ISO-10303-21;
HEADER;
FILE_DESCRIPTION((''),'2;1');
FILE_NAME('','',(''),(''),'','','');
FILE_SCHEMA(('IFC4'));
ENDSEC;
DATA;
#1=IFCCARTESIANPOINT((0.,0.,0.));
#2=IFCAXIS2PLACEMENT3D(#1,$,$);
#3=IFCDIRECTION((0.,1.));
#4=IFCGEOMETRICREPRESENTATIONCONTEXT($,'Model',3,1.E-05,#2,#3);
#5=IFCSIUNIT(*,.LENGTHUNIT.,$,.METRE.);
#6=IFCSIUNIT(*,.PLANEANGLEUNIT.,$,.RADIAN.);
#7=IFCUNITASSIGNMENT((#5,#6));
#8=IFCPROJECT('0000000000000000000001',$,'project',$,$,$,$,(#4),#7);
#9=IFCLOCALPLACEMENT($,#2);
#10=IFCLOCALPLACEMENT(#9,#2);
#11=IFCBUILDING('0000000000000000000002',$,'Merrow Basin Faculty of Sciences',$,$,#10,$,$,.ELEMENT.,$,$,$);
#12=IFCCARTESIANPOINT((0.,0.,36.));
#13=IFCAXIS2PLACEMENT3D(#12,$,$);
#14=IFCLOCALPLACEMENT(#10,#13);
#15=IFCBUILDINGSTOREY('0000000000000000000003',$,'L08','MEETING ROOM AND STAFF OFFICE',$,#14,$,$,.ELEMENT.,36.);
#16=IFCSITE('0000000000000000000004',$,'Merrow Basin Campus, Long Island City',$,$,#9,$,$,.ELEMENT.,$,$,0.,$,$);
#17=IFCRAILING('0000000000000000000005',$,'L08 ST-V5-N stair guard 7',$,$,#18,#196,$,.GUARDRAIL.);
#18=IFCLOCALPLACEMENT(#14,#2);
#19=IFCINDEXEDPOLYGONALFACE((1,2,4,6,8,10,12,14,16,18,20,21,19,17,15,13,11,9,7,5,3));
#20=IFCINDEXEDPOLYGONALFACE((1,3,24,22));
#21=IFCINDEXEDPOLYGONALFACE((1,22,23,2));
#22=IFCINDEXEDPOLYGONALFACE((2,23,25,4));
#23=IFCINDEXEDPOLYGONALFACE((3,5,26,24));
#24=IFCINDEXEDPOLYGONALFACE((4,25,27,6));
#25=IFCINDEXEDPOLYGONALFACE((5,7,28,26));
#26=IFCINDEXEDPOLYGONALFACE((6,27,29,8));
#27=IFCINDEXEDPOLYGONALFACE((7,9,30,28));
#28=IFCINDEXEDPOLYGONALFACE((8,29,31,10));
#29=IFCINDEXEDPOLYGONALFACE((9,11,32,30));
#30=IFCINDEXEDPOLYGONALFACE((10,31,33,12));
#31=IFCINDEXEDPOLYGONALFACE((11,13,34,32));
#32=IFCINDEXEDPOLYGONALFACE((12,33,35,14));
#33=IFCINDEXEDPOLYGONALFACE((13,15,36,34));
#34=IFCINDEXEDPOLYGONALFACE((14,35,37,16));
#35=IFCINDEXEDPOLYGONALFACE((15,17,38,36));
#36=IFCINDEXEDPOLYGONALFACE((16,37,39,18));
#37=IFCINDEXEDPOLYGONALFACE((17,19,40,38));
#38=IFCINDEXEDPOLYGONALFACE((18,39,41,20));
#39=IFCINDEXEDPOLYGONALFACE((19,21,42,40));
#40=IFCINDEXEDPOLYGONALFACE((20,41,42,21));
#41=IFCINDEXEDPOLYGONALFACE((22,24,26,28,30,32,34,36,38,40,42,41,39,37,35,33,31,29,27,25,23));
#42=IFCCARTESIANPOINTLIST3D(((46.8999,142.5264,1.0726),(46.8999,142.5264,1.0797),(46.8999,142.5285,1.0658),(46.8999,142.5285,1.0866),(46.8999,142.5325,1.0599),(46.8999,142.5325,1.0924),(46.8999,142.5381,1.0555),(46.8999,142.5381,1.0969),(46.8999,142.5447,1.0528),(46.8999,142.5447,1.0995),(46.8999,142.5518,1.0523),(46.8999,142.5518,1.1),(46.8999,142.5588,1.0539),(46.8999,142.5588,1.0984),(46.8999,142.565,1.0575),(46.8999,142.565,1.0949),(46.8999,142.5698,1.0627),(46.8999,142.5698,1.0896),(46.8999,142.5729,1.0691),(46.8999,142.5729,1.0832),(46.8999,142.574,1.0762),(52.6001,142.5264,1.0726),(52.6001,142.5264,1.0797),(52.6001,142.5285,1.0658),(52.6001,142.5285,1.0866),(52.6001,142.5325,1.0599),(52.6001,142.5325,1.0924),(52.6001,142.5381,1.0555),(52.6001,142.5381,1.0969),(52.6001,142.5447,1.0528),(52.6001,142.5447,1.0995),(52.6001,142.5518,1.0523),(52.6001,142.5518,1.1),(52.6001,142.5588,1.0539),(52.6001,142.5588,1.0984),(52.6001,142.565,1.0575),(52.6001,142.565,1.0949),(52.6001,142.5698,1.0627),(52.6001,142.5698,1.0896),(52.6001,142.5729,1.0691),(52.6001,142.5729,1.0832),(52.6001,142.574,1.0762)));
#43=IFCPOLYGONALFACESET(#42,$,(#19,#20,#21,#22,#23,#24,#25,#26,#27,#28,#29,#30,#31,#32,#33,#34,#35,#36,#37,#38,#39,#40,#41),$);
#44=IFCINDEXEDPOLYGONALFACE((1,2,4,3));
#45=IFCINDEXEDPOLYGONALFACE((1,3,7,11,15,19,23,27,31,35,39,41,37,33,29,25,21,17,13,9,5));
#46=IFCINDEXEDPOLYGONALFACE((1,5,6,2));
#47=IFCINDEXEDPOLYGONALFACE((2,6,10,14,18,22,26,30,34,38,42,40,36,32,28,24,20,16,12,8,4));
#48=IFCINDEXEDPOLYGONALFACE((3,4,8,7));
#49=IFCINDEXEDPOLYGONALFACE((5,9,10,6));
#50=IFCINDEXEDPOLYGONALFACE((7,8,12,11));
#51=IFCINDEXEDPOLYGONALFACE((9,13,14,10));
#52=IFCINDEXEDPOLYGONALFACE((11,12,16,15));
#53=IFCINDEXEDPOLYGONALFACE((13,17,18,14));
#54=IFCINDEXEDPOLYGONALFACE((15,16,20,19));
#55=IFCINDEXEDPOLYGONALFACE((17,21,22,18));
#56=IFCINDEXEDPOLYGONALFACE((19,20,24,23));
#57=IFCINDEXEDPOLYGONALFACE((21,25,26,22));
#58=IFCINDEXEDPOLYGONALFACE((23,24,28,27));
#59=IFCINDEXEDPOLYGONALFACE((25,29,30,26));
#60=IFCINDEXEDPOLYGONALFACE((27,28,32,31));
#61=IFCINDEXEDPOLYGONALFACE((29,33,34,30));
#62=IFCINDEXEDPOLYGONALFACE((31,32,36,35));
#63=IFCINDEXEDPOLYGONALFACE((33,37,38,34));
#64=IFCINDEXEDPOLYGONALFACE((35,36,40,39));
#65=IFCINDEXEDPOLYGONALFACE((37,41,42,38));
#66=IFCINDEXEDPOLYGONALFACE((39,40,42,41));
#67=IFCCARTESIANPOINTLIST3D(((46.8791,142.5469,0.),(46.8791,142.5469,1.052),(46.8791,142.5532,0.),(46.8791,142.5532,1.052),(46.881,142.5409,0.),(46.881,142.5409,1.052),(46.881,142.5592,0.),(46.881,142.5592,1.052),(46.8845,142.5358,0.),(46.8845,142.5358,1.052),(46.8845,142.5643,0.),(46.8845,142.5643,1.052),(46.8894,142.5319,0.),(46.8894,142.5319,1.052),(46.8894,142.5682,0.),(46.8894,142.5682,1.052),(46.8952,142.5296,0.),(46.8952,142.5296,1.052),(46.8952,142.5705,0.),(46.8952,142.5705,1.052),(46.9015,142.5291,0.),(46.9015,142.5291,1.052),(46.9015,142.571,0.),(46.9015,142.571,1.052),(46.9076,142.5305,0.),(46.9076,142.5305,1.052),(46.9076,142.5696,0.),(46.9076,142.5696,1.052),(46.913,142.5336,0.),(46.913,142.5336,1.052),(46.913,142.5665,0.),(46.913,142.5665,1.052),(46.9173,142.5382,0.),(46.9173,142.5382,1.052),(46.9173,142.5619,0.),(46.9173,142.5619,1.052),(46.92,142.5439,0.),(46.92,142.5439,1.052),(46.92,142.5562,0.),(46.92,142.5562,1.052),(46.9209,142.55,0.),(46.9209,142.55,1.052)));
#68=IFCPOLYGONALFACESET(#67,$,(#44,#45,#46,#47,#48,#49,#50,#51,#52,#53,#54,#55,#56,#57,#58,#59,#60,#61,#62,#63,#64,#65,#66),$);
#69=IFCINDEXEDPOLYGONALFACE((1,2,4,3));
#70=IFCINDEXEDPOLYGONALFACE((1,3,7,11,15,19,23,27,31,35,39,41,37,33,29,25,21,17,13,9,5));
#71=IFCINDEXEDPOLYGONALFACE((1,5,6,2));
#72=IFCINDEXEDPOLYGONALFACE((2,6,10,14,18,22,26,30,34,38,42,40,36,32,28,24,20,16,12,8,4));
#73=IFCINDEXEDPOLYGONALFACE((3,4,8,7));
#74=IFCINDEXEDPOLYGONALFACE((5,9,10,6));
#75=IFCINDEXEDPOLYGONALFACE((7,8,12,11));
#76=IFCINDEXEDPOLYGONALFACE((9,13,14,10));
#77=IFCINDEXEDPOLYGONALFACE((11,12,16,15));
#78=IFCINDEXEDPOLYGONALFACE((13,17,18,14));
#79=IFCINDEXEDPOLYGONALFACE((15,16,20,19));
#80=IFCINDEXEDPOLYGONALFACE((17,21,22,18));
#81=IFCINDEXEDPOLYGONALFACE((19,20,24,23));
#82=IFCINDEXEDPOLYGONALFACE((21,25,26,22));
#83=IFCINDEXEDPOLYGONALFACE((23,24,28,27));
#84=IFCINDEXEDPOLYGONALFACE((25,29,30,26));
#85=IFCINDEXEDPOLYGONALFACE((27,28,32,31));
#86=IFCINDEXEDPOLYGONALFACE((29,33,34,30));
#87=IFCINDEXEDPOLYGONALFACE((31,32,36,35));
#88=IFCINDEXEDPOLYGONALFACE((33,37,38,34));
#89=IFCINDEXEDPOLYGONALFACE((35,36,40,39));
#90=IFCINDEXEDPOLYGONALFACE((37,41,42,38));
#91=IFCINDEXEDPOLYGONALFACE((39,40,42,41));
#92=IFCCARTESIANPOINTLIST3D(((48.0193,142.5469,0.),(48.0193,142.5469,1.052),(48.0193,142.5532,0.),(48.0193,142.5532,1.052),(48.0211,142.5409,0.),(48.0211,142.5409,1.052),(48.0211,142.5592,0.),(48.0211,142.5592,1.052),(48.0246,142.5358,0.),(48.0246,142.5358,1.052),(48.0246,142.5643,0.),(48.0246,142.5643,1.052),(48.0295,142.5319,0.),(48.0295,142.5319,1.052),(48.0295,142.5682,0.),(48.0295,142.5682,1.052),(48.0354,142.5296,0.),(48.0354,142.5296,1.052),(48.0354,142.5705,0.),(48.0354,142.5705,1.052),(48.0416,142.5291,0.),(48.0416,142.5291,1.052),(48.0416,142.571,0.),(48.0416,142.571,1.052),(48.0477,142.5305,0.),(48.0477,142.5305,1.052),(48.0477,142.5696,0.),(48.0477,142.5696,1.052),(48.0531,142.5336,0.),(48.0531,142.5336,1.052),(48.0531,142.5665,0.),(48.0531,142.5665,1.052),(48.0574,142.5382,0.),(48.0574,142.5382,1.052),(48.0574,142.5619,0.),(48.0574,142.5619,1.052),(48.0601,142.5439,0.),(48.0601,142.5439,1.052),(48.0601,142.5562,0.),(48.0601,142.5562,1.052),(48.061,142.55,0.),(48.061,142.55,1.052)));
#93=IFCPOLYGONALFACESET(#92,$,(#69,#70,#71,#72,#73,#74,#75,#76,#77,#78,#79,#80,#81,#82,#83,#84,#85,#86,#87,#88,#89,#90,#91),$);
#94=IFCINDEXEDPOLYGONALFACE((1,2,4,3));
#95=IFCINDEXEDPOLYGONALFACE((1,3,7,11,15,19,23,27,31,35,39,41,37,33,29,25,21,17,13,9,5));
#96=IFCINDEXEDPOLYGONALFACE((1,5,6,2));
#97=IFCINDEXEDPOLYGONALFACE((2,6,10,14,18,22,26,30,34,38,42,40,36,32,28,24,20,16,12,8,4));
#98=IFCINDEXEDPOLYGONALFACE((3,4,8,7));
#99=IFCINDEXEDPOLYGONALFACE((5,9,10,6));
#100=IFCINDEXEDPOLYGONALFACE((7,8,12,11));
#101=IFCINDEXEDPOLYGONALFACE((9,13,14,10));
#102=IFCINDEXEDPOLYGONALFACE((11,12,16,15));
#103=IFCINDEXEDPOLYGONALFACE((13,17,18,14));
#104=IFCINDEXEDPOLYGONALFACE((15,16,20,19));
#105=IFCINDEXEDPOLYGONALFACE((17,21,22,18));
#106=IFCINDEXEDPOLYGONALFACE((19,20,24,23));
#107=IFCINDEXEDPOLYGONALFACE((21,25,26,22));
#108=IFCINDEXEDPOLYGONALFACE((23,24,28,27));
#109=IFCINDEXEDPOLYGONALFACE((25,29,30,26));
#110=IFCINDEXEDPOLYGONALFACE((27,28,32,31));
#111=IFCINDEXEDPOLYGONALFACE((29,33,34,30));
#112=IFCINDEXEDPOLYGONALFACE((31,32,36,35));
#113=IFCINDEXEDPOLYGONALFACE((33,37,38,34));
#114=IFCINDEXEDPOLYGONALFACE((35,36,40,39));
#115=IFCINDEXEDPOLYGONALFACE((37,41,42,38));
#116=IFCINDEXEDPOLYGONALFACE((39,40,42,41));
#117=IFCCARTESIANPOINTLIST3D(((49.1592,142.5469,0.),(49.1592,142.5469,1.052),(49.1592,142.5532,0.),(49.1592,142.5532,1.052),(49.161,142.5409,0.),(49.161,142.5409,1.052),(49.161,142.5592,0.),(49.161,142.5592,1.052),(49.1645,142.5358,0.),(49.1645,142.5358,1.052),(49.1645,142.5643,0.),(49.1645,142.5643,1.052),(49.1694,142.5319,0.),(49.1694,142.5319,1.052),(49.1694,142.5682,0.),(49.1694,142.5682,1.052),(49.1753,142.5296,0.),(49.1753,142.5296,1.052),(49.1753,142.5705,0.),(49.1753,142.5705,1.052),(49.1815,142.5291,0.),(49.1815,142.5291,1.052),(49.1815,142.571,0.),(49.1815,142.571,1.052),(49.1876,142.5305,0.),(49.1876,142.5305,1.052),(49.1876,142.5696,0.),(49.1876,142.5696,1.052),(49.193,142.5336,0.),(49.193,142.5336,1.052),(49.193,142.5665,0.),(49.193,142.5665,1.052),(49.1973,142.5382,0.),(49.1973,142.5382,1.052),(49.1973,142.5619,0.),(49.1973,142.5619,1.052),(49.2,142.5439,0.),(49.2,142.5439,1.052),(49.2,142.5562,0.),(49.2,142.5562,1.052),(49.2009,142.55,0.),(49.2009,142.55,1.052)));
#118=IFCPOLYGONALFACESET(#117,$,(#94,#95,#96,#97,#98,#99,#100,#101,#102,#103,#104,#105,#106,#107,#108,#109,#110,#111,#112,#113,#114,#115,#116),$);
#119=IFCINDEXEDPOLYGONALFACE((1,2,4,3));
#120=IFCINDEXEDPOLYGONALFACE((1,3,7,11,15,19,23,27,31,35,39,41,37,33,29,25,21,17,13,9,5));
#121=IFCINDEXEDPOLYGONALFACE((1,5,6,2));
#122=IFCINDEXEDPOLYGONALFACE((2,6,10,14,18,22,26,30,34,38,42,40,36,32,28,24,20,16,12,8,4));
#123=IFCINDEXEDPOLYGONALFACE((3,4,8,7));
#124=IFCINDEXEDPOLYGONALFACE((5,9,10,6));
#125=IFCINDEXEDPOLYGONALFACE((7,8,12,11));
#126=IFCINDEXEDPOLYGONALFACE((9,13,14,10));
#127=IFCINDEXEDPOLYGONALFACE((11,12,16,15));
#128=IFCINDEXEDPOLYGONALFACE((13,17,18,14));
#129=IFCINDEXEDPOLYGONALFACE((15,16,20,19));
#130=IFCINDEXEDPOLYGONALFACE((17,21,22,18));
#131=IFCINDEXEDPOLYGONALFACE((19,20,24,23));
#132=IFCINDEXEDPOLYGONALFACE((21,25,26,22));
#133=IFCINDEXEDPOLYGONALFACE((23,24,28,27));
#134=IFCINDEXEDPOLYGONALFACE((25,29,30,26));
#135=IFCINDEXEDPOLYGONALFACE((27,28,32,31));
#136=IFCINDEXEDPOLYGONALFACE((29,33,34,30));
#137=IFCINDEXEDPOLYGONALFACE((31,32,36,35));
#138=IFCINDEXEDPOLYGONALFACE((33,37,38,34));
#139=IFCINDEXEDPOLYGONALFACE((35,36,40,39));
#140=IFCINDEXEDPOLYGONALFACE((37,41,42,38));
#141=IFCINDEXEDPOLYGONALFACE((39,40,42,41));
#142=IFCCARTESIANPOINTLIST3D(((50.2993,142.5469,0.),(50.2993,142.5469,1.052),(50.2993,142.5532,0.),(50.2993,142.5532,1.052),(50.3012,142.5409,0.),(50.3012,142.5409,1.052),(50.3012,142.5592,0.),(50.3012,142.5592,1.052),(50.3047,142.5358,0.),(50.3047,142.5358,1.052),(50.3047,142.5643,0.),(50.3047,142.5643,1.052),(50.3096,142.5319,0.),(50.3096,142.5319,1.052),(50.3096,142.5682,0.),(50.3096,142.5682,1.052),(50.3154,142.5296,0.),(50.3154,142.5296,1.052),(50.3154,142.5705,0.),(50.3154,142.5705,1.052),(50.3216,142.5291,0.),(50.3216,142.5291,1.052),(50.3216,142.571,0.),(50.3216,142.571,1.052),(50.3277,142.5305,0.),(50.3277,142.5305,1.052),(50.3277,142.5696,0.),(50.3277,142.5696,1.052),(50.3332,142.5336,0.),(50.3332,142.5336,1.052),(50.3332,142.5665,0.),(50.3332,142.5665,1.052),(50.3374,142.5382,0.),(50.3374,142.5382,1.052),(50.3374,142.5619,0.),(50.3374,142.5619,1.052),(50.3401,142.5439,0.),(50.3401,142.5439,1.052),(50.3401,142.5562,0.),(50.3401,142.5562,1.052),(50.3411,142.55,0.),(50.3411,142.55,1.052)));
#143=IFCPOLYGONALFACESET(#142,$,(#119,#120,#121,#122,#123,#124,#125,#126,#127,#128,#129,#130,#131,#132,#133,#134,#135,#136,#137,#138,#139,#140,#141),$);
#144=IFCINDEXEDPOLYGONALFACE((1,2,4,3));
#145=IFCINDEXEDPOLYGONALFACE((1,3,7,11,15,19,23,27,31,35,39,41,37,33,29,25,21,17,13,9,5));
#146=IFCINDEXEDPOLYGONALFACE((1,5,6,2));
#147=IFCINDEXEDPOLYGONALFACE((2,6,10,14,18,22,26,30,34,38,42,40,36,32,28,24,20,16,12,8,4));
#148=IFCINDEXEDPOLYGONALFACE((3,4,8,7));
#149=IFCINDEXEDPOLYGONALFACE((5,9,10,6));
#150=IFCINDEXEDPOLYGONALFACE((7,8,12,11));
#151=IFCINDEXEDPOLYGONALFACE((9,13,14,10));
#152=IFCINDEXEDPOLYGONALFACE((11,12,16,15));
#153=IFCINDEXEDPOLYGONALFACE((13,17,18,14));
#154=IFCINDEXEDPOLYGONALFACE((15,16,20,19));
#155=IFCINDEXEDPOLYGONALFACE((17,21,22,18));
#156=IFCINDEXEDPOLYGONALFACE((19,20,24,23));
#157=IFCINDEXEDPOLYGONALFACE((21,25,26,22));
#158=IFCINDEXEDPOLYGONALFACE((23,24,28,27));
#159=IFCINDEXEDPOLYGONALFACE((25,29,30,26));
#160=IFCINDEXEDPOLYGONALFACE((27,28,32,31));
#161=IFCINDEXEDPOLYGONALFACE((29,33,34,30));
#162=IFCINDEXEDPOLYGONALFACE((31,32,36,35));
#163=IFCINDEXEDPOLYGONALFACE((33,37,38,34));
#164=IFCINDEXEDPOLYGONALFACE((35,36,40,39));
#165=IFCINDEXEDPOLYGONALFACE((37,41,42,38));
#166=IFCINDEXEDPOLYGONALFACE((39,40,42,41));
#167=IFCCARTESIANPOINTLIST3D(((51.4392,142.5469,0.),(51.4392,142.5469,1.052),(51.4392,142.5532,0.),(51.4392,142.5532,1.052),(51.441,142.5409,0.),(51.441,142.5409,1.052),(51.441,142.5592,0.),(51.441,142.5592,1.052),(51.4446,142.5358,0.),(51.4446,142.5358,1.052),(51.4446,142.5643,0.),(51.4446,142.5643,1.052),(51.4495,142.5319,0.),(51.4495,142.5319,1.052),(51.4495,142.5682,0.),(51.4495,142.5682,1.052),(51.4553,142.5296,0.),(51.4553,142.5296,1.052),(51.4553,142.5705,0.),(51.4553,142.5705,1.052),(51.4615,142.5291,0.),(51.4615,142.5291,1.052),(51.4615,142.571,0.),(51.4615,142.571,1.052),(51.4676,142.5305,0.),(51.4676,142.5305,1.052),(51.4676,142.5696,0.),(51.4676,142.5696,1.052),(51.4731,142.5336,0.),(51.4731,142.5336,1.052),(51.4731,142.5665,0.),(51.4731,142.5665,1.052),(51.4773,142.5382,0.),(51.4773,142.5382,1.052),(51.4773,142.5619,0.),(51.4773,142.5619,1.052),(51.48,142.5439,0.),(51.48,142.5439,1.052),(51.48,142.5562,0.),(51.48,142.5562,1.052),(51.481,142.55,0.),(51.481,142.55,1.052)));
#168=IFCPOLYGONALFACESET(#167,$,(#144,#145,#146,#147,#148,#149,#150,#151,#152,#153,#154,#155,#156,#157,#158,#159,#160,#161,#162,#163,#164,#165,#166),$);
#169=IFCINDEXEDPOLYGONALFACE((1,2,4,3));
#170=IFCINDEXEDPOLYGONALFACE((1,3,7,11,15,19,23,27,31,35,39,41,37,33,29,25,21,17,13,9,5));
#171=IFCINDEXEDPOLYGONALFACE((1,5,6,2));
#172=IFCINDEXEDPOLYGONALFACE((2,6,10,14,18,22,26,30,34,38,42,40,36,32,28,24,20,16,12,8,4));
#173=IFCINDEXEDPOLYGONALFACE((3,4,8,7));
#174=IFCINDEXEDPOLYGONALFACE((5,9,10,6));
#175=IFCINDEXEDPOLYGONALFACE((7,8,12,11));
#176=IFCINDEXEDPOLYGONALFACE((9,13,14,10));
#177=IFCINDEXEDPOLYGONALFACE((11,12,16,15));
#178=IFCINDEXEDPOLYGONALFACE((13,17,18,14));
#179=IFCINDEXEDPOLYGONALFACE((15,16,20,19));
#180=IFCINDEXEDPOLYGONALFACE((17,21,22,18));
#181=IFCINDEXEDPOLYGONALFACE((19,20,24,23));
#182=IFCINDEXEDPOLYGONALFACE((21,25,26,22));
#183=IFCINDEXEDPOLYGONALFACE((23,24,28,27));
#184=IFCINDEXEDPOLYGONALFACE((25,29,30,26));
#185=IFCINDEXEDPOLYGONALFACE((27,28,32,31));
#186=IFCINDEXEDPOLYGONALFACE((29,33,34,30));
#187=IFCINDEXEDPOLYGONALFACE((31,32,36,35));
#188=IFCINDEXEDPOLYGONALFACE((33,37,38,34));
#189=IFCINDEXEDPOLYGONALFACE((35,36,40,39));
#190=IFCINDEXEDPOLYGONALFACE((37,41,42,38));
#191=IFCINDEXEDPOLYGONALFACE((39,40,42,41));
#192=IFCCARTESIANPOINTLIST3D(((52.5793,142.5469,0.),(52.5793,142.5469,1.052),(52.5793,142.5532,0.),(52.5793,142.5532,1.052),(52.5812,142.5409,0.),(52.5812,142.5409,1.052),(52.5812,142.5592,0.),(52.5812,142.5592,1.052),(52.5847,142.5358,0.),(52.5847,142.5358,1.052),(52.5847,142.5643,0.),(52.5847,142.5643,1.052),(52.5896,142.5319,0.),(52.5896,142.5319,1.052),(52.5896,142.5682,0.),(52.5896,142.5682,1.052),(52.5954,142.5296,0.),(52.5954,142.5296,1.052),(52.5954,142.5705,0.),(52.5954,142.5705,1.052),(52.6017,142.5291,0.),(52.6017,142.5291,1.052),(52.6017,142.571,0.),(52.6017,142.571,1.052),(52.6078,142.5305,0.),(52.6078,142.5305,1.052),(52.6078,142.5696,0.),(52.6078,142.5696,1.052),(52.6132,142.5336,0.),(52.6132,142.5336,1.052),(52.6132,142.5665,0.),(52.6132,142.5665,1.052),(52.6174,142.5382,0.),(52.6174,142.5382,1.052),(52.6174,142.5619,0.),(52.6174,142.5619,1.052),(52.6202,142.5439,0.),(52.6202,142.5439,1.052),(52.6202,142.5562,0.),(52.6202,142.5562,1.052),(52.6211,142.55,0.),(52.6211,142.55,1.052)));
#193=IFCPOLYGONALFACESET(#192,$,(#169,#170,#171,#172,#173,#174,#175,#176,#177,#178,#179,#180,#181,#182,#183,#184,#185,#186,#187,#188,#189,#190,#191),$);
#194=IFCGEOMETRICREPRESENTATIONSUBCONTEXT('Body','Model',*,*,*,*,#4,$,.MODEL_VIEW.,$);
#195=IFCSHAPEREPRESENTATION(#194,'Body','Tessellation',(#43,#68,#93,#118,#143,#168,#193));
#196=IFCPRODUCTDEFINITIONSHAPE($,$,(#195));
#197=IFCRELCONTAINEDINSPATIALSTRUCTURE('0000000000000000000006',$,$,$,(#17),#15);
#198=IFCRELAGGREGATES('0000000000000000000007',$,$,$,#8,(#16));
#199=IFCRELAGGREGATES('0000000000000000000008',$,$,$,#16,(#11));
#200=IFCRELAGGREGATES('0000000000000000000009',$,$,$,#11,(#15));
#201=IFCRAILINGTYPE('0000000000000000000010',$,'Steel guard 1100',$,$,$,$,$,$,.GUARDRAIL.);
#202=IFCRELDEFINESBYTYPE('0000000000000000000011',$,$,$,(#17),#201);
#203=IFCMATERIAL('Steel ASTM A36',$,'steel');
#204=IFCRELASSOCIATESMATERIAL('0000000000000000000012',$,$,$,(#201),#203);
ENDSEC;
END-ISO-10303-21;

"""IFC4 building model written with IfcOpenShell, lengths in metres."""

from ifc_helpers import new_model, si_unit, direction, frame, origin, origin_2d, place, context, subcontext, project, spatial, circle, extrude, material, type_object, element, save


model = new_model("IFC4")

# Units and contexts
model_context = context("Model", 3, precision=1e-05, world=origin(), true_north=direction((0.0, 1.0)))
body_context = subcontext(model_context, "Body", "Model", "MODEL_VIEW")
ifc_project = project(units=[si_unit("LENGTHUNIT", "METRE"), si_unit("PLANEANGLEUNIT", "RADIAN")], contexts=[model_context])

# Site, building, storey
site_placement = place(None, origin())
site = spatial("IfcSite", under=ifc_project, at=site_placement, Name="Merrow Basin Campus, Long Island City", CompositionType="ELEMENT", RefElevation=0.0)
building_placement = place(site_placement, origin())
building = spatial("IfcBuilding", under=site, at=building_placement, Name="Merrow Basin Faculty of Sciences", CompositionType="ELEMENT")
storey_placement = place(building_placement, frame((0.0, 0.0, 36.0)))
storey = spatial("IfcBuildingStorey", under=building, at=storey_placement, Name="L08", Description="MEETING ROOM AND STAFF OFFICE", CompositionType="ELEMENT", Elevation=36.0)

# Railing
ifc_material_1 = material(Name="Steel ASTM A36", Category="steel")
railing_type_1 = type_object("IfcRailingType", Name="Steel guard 1100", PredefinedType="GUARDRAIL", material=ifc_material_1)
railing_1_placement = place(storey_placement, frame((46.8999, 142.55, 0.0)))
element("IfcRailing", 1, at=railing_1_placement, inside=storey, type_object=railing_type_1, Name="L08 ST-V5-N stair guard 7", PredefinedType="GUARDRAIL", context=body_context, shape_type="SweptSolid", body=[
    extrude(circle(Radius=0.0239, at=origin_2d()), frame((0.0, 0.0, 1.0762), z_axis=(1.0, 0.0, 0.0), x_axis=(0.0, 1.0, 0.0)), (0.0, 0.0, 1.0), 5.7002),
    extrude(circle(Radius=0.021, at=origin_2d()), origin(), (0.0, 0.0, 1.0), 1.052),
    extrude(circle(Radius=0.021, at=origin_2d()), frame((1.1401, 0.0, 0.0)), (0.0, 0.0, 1.0), 1.052),
    extrude(circle(Radius=0.021, at=origin_2d()), frame((2.28, 0.0, 0.0)), (0.0, 0.0, 1.0), 1.052),
    extrude(circle(Radius=0.021, at=origin_2d()), frame((3.4202, 0.0, 0.0)), (0.0, 0.0, 1.0), 1.052),
    extrude(circle(Radius=0.021, at=origin_2d()), frame((4.5601, 0.0, 0.0)), (0.0, 0.0, 1.0), 1.052),
    extrude(circle(Radius=0.021, at=origin_2d()), frame((5.7002, 0.0, 0.0)), (0.0, 0.0, 1.0), 1.052),
])

save(model, "model.ifc")
